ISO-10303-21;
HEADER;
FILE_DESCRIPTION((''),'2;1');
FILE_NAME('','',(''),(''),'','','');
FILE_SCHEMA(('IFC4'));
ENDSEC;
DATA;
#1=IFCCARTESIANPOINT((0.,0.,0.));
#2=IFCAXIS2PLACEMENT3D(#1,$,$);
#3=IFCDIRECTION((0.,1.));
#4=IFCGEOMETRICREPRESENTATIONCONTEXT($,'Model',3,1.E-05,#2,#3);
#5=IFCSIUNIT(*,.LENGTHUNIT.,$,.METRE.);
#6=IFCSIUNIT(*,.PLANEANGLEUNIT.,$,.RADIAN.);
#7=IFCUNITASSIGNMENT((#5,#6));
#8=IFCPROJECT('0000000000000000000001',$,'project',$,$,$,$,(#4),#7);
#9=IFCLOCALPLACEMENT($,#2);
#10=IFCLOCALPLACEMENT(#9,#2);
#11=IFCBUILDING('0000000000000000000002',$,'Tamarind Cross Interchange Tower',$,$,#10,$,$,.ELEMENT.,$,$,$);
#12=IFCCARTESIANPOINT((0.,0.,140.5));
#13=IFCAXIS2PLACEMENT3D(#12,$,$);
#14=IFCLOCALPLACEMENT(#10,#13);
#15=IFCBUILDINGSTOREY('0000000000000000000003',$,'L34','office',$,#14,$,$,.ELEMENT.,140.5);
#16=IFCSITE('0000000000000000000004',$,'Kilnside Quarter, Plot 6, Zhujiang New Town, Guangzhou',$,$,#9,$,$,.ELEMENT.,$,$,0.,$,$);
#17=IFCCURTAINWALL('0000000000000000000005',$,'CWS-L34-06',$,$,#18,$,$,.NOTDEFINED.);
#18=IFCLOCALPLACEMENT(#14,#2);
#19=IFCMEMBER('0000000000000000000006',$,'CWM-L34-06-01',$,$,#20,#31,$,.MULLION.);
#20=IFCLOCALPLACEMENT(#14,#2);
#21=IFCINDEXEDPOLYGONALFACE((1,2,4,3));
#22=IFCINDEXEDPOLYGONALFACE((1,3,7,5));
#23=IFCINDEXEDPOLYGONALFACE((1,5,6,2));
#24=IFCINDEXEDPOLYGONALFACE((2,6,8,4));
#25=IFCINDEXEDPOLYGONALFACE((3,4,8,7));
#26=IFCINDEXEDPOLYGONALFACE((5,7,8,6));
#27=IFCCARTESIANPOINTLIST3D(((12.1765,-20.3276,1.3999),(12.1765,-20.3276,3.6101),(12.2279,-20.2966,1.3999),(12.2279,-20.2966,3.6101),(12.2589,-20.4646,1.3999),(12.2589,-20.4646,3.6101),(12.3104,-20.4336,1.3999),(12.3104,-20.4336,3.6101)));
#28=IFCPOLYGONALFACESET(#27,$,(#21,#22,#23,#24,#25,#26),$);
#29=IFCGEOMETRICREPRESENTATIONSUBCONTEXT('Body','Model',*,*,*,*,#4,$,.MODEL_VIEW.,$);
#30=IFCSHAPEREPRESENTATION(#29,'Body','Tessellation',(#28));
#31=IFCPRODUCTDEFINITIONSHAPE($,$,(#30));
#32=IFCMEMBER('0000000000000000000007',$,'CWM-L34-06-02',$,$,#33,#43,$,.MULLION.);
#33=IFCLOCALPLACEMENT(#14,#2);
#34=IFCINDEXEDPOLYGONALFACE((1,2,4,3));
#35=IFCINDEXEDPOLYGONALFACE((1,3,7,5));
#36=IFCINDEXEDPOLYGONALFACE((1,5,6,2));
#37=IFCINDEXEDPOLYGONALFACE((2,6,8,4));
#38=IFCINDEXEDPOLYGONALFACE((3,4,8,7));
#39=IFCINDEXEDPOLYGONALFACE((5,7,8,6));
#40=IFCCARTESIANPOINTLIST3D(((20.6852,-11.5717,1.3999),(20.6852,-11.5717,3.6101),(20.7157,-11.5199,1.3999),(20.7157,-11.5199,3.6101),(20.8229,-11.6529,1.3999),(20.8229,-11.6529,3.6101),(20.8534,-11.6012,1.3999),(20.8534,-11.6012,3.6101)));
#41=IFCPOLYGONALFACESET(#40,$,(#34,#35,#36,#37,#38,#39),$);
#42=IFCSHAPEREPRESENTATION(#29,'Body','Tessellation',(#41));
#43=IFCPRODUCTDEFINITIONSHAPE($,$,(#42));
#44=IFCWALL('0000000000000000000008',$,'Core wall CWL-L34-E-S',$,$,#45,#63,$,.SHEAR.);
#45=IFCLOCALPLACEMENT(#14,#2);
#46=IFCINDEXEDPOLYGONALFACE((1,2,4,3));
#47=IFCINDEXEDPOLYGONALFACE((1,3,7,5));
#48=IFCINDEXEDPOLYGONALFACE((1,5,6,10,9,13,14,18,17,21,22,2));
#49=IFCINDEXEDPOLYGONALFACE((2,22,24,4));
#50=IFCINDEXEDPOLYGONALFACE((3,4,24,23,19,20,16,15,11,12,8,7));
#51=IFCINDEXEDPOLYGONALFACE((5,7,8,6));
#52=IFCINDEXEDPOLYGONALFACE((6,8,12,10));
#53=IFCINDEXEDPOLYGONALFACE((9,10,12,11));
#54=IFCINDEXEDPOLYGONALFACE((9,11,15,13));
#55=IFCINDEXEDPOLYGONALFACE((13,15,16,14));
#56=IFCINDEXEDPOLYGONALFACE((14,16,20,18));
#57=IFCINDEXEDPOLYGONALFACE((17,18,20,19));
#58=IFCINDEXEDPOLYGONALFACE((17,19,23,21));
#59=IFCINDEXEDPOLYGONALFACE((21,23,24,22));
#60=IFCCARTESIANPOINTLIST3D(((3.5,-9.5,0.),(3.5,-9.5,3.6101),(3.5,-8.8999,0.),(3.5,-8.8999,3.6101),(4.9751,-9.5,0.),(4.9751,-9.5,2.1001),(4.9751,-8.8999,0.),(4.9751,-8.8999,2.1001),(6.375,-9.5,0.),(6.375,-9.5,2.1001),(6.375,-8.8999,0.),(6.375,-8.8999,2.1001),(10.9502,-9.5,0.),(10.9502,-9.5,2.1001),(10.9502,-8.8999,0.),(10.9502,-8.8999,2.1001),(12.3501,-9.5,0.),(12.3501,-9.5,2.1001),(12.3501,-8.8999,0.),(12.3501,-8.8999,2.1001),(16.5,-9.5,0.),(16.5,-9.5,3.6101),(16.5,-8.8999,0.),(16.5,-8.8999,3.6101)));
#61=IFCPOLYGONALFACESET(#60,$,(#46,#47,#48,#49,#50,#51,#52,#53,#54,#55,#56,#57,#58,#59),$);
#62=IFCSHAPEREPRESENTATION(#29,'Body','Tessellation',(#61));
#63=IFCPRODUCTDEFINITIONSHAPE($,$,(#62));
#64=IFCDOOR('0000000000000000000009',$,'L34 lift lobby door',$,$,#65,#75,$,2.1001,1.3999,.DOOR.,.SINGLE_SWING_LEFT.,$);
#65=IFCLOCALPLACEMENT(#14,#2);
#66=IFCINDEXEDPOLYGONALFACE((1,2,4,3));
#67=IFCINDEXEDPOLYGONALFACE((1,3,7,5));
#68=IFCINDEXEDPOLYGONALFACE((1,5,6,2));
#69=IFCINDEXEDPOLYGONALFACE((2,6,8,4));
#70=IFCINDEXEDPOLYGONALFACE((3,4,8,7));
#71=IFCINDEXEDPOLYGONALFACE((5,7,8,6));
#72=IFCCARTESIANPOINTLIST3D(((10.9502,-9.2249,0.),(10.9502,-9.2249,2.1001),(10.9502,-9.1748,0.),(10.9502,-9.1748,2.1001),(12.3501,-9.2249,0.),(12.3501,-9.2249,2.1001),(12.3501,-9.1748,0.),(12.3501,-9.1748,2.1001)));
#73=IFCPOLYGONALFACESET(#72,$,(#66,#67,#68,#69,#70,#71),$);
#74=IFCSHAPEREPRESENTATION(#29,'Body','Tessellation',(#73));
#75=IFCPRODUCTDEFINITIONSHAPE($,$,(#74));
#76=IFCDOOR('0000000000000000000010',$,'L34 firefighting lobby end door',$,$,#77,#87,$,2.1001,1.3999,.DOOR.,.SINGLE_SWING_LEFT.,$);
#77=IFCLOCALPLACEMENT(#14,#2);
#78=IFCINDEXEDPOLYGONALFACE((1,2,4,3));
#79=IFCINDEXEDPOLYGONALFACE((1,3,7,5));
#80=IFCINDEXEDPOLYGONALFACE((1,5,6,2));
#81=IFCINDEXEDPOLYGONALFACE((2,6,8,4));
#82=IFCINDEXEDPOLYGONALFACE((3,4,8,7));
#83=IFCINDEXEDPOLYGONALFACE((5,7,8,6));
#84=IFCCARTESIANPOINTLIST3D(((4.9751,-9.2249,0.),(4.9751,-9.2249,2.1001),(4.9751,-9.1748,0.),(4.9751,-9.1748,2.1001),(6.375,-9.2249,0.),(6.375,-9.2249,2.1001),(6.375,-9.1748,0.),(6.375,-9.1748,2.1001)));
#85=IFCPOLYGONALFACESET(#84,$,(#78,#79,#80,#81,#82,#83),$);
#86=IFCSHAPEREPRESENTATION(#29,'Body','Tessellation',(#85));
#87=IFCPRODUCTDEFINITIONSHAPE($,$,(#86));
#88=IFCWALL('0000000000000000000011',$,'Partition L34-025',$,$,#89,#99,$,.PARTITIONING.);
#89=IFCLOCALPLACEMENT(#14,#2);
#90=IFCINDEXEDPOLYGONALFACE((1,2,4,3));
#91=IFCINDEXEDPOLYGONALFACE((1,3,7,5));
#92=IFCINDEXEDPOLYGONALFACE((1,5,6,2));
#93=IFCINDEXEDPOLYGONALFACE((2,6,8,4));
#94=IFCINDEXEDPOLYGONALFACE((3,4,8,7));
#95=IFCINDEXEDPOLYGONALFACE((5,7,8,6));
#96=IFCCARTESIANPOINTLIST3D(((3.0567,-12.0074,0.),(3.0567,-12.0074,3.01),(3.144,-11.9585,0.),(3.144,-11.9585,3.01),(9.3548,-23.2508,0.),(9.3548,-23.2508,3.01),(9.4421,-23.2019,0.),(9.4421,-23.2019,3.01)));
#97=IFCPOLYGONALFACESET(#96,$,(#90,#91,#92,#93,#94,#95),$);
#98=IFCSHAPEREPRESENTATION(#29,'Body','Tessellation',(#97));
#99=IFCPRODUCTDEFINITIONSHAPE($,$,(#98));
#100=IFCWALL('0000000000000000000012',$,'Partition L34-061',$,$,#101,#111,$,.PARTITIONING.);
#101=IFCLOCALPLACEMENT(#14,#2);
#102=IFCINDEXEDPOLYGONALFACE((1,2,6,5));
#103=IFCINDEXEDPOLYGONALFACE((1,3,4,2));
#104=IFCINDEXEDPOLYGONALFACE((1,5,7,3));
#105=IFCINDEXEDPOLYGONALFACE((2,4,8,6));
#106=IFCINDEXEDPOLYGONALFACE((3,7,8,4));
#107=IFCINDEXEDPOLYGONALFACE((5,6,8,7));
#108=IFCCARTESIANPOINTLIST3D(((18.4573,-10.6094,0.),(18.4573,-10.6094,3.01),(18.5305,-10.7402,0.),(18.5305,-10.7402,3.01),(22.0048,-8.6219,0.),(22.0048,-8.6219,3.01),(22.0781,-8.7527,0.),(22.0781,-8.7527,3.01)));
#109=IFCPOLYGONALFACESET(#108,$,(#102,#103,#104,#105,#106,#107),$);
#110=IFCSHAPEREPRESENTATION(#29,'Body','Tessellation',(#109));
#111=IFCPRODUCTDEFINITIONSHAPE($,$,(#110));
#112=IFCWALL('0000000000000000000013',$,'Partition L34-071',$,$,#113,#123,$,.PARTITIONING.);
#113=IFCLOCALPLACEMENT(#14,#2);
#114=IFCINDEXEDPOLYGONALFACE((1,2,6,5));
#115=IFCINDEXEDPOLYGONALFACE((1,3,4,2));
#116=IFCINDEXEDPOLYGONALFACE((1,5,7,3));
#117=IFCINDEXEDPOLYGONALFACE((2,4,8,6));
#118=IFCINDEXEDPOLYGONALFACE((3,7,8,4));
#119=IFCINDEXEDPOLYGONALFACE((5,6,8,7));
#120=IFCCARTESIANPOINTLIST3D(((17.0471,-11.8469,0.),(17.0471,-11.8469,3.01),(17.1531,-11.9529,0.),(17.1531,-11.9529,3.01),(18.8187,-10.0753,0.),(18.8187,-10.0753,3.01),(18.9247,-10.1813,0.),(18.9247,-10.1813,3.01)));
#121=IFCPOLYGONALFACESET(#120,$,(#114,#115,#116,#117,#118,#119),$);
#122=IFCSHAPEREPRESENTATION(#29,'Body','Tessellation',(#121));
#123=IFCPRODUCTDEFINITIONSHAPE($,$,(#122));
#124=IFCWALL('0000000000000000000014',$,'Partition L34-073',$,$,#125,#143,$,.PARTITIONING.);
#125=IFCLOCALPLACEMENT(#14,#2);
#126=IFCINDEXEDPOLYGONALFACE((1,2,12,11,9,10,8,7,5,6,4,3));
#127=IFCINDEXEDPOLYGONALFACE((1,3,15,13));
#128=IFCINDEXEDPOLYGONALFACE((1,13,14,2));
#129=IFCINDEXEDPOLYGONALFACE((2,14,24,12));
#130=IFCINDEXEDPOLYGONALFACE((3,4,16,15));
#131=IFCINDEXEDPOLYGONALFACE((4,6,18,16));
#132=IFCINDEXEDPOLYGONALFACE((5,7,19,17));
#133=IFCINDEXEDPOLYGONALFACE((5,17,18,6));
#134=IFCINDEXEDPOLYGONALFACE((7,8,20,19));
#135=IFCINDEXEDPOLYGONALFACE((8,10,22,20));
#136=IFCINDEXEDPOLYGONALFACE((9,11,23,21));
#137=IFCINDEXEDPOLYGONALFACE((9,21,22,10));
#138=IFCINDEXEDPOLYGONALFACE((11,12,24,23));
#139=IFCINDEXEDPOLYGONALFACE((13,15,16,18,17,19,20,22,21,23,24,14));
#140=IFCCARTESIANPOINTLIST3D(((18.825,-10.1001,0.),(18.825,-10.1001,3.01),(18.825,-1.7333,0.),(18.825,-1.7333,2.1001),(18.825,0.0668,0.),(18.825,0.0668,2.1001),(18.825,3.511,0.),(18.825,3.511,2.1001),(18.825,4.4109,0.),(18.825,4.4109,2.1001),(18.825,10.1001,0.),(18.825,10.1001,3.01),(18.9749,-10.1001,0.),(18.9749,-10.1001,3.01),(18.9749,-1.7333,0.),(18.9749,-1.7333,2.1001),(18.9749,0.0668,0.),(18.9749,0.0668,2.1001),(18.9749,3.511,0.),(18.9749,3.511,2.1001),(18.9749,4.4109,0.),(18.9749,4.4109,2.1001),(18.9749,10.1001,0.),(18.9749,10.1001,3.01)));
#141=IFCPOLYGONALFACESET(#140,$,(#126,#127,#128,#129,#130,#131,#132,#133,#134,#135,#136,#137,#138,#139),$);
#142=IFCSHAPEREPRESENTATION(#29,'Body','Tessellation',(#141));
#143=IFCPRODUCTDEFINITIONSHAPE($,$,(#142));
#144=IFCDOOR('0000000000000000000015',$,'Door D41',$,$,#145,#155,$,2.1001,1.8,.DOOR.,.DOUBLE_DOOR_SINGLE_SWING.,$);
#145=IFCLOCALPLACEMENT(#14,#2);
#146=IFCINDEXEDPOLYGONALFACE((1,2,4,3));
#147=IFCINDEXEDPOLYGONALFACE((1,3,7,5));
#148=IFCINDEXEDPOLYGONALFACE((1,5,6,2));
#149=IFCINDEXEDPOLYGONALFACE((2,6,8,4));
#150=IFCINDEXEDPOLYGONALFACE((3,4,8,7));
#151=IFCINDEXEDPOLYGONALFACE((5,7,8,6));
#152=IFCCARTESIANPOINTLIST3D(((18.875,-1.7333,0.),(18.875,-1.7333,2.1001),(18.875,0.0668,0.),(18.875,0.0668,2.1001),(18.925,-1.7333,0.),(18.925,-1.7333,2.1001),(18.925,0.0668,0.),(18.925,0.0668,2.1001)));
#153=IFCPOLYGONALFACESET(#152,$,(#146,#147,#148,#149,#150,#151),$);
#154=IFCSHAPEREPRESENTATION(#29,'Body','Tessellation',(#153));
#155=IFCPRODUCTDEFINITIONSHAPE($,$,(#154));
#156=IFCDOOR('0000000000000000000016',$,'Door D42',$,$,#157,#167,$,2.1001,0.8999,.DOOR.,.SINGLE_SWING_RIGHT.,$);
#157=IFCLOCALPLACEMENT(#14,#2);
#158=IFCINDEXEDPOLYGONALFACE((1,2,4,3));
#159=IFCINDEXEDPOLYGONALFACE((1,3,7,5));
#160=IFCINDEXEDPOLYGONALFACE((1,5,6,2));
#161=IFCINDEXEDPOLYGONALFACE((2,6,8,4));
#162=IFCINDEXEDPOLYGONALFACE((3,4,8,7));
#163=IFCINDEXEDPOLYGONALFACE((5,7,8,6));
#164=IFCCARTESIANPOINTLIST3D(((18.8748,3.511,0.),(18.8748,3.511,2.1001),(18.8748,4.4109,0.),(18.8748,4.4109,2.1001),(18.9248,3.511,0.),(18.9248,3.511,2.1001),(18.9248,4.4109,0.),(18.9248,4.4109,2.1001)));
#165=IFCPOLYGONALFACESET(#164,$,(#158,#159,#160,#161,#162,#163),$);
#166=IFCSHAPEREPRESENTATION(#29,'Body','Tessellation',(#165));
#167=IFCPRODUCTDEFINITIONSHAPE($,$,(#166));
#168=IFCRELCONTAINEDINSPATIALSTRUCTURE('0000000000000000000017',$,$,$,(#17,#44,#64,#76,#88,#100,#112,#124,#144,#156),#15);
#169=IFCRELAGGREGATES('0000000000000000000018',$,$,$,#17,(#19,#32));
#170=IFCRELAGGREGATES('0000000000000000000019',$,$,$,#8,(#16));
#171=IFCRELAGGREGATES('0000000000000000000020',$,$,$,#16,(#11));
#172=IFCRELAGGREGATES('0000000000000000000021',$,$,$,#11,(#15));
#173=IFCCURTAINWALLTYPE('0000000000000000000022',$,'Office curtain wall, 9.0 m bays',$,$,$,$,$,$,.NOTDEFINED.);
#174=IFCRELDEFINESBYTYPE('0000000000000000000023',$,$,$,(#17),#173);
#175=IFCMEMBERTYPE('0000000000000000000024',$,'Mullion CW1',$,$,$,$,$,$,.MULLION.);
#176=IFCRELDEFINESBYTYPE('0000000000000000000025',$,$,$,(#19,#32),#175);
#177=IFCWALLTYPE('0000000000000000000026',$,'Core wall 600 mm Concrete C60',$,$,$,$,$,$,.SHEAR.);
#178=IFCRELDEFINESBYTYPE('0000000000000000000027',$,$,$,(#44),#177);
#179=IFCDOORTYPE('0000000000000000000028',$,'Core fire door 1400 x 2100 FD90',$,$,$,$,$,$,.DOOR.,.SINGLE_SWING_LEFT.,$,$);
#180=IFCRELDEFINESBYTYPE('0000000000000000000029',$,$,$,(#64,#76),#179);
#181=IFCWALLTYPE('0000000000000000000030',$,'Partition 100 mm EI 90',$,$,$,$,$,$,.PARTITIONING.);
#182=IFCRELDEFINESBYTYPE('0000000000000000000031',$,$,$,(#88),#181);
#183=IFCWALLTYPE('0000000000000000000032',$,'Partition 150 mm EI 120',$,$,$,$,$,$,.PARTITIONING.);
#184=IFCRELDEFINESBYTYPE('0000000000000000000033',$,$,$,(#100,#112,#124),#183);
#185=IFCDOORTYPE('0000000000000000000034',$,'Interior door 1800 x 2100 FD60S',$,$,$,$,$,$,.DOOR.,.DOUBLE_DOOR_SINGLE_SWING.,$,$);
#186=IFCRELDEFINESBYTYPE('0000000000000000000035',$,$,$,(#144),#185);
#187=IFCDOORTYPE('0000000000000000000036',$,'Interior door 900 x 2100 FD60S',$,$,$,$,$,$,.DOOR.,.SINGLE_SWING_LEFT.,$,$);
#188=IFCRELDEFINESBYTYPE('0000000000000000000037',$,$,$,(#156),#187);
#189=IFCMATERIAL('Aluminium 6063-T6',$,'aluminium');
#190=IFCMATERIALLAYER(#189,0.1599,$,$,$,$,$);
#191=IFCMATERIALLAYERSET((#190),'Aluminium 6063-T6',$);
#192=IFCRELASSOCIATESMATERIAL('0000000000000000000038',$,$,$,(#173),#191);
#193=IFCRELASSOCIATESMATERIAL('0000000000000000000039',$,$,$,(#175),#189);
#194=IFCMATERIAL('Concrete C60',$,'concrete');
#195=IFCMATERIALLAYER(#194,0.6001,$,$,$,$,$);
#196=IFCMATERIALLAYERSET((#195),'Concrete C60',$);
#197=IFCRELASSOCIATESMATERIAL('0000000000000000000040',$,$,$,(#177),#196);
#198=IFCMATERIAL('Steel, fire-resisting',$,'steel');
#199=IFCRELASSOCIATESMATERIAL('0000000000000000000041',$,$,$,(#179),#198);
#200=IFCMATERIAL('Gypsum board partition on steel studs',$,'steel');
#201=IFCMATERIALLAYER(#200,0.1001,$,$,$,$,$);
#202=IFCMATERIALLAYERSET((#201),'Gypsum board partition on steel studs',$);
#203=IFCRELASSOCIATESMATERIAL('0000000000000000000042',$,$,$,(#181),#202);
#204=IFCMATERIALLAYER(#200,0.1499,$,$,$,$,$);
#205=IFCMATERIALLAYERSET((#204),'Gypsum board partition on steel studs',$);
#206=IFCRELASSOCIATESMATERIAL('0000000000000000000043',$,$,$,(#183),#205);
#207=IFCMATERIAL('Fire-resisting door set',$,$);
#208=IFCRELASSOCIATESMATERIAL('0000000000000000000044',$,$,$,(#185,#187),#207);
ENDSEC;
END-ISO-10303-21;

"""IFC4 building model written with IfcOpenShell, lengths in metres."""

from ifc_helpers import new_model, si_unit, direction, frame, frame_2d, origin, origin_2d, place, context, subcontext, project, spatial, rectangle, extrude, material, layer, layer_set, material_profile, profile_set, type_object, element, fill, aggregate, save


model = new_model("IFC4")

# Units and contexts
model_context = context("Model", 3, precision=1e-05, world=origin(), true_north=direction((0.0, 1.0)))
body_context = subcontext(model_context, "Body", "Model", "MODEL_VIEW")
ifc_project = project(units=[si_unit("LENGTHUNIT", "METRE"), si_unit("PLANEANGLEUNIT", "RADIAN")], contexts=[model_context])

# Site, building, storey
site_placement = place(None, origin())
site = spatial("IfcSite", under=ifc_project, at=site_placement, Name="Kilnside Quarter, Plot 6, Zhujiang New Town, Guangzhou", CompositionType="ELEMENT", RefElevation=0.0)
building_placement = place(site_placement, origin())
building = spatial("IfcBuilding", under=site, at=building_placement, Name="Tamarind Cross Interchange Tower", CompositionType="ELEMENT")
storey_placement = place(building_placement, frame((0.0, 0.0, 140.5)))
storey = spatial("IfcBuildingStorey", under=building, at=storey_placement, Name="L34", Description="office", CompositionType="ELEMENT", Elevation=140.5)

# Shared definitions
ifc_material_1 = material(Name="Concrete C60", Category="concrete")

# Curtain wall, members
ifc_material_2 = material(Name="Aluminium 6063-T6", Category="aluminium")
ifc_layer_1 = layer(ifc_material_2, 0.1599)
ifc_layer_set_1 = layer_set([ifc_layer_1], Name="Aluminium 6063-T6")
curtain_wall_type = type_object("IfcCurtainWallType", Name="Office curtain wall, 9.0 m bays", PredefinedType="NOTDEFINED", material=ifc_layer_set_1)
curtain_wall_placement = place(storey_placement, origin())
curtain_wall = element("IfcCurtainWall", 1, at=curtain_wall_placement, inside=storey, type_object=curtain_wall_type, Name="CWS-L34-06", PredefinedType="NOTDEFINED")
ifc_material_profile_1 = material_profile(ifc_material_2, rectangle(XDim=0.0601, YDim=0.1599, at=origin_2d()), Name="Mullion CW1")
ifc_profile_set_1 = profile_set([ifc_material_profile_1], Name="Aluminium 6063-T6")
member_type = type_object("IfcMemberType", Name="Mullion CW1", PredefinedType="MULLION", material=ifc_profile_set_1)
member_1_placement = place(storey_placement, frame((12.2434, -20.3806, 1.3999), z_axis=(0.0, 0.0, 1.0), x_axis=(0.856843, 0.515577, 0.0)))
member_1 = element("IfcMember", 2, at=member_1_placement, type_object=member_type, Name="CWM-L34-06-01", PredefinedType="MULLION", context=body_context, shape_type="SweptSolid", body=[
    extrude(rectangle(XDim=0.0601, YDim=0.1599, at=origin_2d()), origin(), (0.0, 0.0, 1.0), 2.2102),
])
member_2_placement = place(storey_placement, frame((20.7693, -11.5864, 1.3999), z_axis=(0.0, 0.0, 1.0), x_axis=(0.508183, 0.861249, 0.0)))
member_2 = element("IfcMember", 3, at=member_2_placement, type_object=member_type, Name="CWM-L34-06-02", PredefinedType="MULLION", context=body_context, shape_type="SweptSolid", body=[
    extrude(rectangle(XDim=0.0601, YDim=0.1599, at=origin_2d()), origin(), (0.0, 0.0, 1.0), 2.2102),
])
aggregate(curtain_wall, [member_1, member_2])

# Wall, openings, doors
ifc_layer_2 = layer(ifc_material_1, 0.6001)
ifc_layer_set_2 = layer_set([ifc_layer_2], Name="Concrete C60")
wall_type_1 = type_object("IfcWallType", Name="Core wall 600 mm Concrete C60", PredefinedType="SHEAR", material=ifc_layer_set_2)
wall_1_placement = place(storey_placement, frame((16.5, -9.2, 0.0), z_axis=(0.0, 0.0, 1.0), x_axis=(-1.0, 0.0, 0.0)))
wall_1 = element("IfcWall", 4, at=wall_1_placement, inside=storey, type_object=wall_type_1, Name="Core wall CWL-L34-E-S", PredefinedType="SHEAR", context=body_context, shape_type="SweptSolid", body=[
    extrude(rectangle(XDim=13.0, YDim=0.6001, at=frame_2d((6.5, 0.0))), origin(), (0.0, 0.0, 1.0), 3.6101),
])
opening_1_placement = place(wall_1_placement, frame((4.1499, 0.0, 0.0)))
opening_1 = element("IfcOpeningElement", 5, at=opening_1_placement, cuts=wall_1, PredefinedType="OPENING", context=body_context, shape_type="SweptSolid", body=[
    extrude(rectangle(XDim=1.3999, YDim=2.1001, at=frame_2d((0.7, 1.05))), frame((0.0, 0.3101, 0.0), z_axis=(0.0, -1.0, 0.0), x_axis=(1.0, 0.0, 0.0)), (0.0, 0.0, 1.0), 0.6201),
])
opening_2_placement = place(wall_1_placement, frame((10.125, 0.0, 0.0)))
opening_2 = element("IfcOpeningElement", 6, at=opening_2_placement, cuts=wall_1, PredefinedType="OPENING", context=body_context, shape_type="SweptSolid", body=[
    extrude(rectangle(XDim=1.3999, YDim=2.1001, at=frame_2d((0.7, 1.05))), frame((0.0, 0.3101, 0.0), z_axis=(0.0, -1.0, 0.0), x_axis=(1.0, 0.0, 0.0)), (0.0, 0.0, 1.0), 0.6201),
])
ifc_material_3 = material(Name="Steel, fire-resisting", Category="steel")
door_type_1 = type_object("IfcDoorType", Name="Core fire door 1400 x 2100 FD90", OperationType="SINGLE_SWING_LEFT", PredefinedType="DOOR", material=ifc_material_3)
door_1_placement = place(opening_1_placement, origin())
door_1 = element("IfcDoor", 7, at=door_1_placement, inside=storey, type_object=door_type_1, Name="L34 lift lobby door", OperationType="SINGLE_SWING_LEFT", OverallHeight=2.1001, OverallWidth=1.3999, PredefinedType="DOOR", context=body_context, shape_type="SweptSolid", body=[
    extrude(rectangle(XDim=1.3999, YDim=2.1001, at=frame_2d((0.7, 1.05))), frame((0.0, 0.0249, 0.0), z_axis=(0.0, -1.0, 0.0), x_axis=(1.0, 0.0, 0.0)), (0.0, 0.0, 1.0), 0.05),
])
fill(opening_1, door_1)
door_2_placement = place(opening_2_placement, origin())
door_2 = element("IfcDoor", 8, at=door_2_placement, inside=storey, type_object=door_type_1, Name="L34 firefighting lobby end door", OperationType="SINGLE_SWING_LEFT", OverallHeight=2.1001, OverallWidth=1.3999, PredefinedType="DOOR", context=body_context, shape_type="SweptSolid", body=[
    extrude(rectangle(XDim=1.3999, YDim=2.1001, at=frame_2d((0.7, 1.05))), frame((0.0, 0.0249, 0.0), z_axis=(0.0, -1.0, 0.0), x_axis=(1.0, 0.0, 0.0)), (0.0, 0.0, 1.0), 0.05),
])
fill(opening_2, door_2)

# Walls
ifc_material_4 = material(Name="Gypsum board partition on steel studs", Category="steel")
ifc_layer_3 = layer(ifc_material_4, 0.1001)
ifc_layer_set_3 = layer_set([ifc_layer_3], Name="Gypsum board partition on steel studs")
wall_type_2 = type_object("IfcWallType", Name="Partition 100 mm EI 90", PredefinedType="PARTITIONING", material=ifc_layer_set_3)
wall_2_placement = place(storey_placement, frame((3.1003, -11.9829, 0.0), z_axis=(0.0, 0.0, 1.0), x_axis=(0.488709, -0.872447, 0.0)))
element("IfcWall", 9, at=wall_2_placement, inside=storey, type_object=wall_type_2, Name="Partition L34-025", PredefinedType="PARTITIONING", context=body_context, shape_type="SweptSolid", body=[
    extrude(rectangle(XDim=12.8872, YDim=0.1001, at=frame_2d((6.4436, 0.0))), origin(), (0.0, 0.0, 1.0), 3.01),
])
ifc_layer_4 = layer(ifc_material_4, 0.1499)
ifc_layer_set_4 = layer_set([ifc_layer_4], Name="Gypsum board partition on steel studs")
wall_type_3 = type_object("IfcWallType", Name="Partition 150 mm EI 120", PredefinedType="PARTITIONING", material=ifc_layer_set_4)
wall_3_placement = place(storey_placement, frame((18.4939, -10.6748, 0.0), z_axis=(0.0, 0.0, 1.0), x_axis=(0.872413, 0.48877, 0.0)))
element("IfcWall", 10, at=wall_3_placement, inside=storey, type_object=wall_type_3, Name="Partition L34-061", PredefinedType="PARTITIONING", context=body_context, shape_type="SweptSolid", body=[
    extrude(rectangle(XDim=4.0664, YDim=0.1499, at=frame_2d((2.0332, 0.0))), origin(), (0.0, 0.0, 1.0), 3.01),
])
wall_4_placement = place(storey_placement, frame((17.1001, -11.8999, 0.0), z_axis=(0.0, 0.0, 1.0), x_axis=(0.707107, 0.707107, 0.0)))
element("IfcWall", 11, at=wall_4_placement, inside=storey, type_object=wall_type_3, Name="Partition L34-071", PredefinedType="PARTITIONING", context=body_context, shape_type="SweptSolid", body=[
    extrude(rectangle(XDim=2.5054, YDim=0.1499, at=frame_2d((1.2527, 0.0))), origin(), (0.0, 0.0, 1.0), 3.01),
])

# Wall, openings, doors
wall_5_placement = place(storey_placement, frame((18.8999, -10.1001, 0.0), z_axis=(0.0, 0.0, 1.0), x_axis=(0.0, 1.0, 0.0)))
wall_5 = element("IfcWall", 12, at=wall_5_placement, inside=storey, type_object=wall_type_3, Name="Partition L34-073", PredefinedType="PARTITIONING", context=body_context, shape_type="SweptSolid", body=[
    extrude(rectangle(XDim=20.2002, YDim=0.1499, at=frame_2d((10.1001, 0.0))), origin(), (0.0, 0.0, 1.0), 3.01),
])
opening_3_placement = place(wall_5_placement, frame((8.3669, 0.0, 0.0)))
opening_3 = element("IfcOpeningElement", 13, at=opening_3_placement, cuts=wall_5, PredefinedType="OPENING", context=body_context, shape_type="SweptSolid", body=[
    extrude(rectangle(XDim=1.8, YDim=2.1001, at=frame_2d((0.8999, 1.05))), frame((0.0, 0.085, 0.0), z_axis=(0.0, -1.0, 0.0), x_axis=(1.0, 0.0, 0.0)), (0.0, 0.0, 1.0), 0.1699),
])
opening_4_placement = place(wall_5_placement, frame((13.6111, 0.0, 0.0)))
opening_4 = element("IfcOpeningElement", 14, at=opening_4_placement, cuts=wall_5, PredefinedType="OPENING", context=body_context, shape_type="SweptSolid", body=[
    extrude(rectangle(XDim=0.8999, YDim=2.1001, at=frame_2d((0.45, 1.05))), frame((0.0, 0.085, 0.0), z_axis=(0.0, -1.0, 0.0), x_axis=(1.0, 0.0, 0.0)), (0.0, 0.0, 1.0), 0.1699),
])
ifc_material_5 = material(Name="Fire-resisting door set")
door_type_2 = type_object("IfcDoorType", Name="Interior door 1800 x 2100 FD60S", OperationType="DOUBLE_DOOR_SINGLE_SWING", PredefinedType="DOOR", material=ifc_material_5)
door_3_placement = place(opening_3_placement, origin())
door_3 = element("IfcDoor", 15, at=door_3_placement, inside=storey, type_object=door_type_2, Name="Door D41", OperationType="DOUBLE_DOOR_SINGLE_SWING", OverallHeight=2.1001, OverallWidth=1.8, PredefinedType="DOOR", context=body_context, shape_type="SweptSolid", body=[
    extrude(rectangle(XDim=1.8, YDim=2.1001, at=frame_2d((0.8999, 1.05))), frame((0.0, 0.0249, 0.0), z_axis=(0.0, -1.0, 0.0), x_axis=(1.0, 0.0, 0.0)), (0.0, 0.0, 1.0), 0.05),
])
fill(opening_3, door_3)
door_type_3 = type_object("IfcDoorType", Name="Interior door 900 x 2100 FD60S", OperationType="SINGLE_SWING_LEFT", PredefinedType="DOOR", material=ifc_material_5)
door_4_placement = place(opening_4_placement, frame((0.8999, 0.0, 0.0), z_axis=(0.0, 0.0, 1.0), x_axis=(-1.0, 0.0, 0.0)))
door_4 = element("IfcDoor", 16, at=door_4_placement, inside=storey, type_object=door_type_3, Name="Door D42", OperationType="SINGLE_SWING_RIGHT", OverallHeight=2.1001, OverallWidth=0.8999, PredefinedType="DOOR", context=body_context, shape_type="SweptSolid", body=[
    extrude(rectangle(XDim=0.8999, YDim=2.1001, at=frame_2d((0.45, 1.05))), frame((0.0, 0.0249, 0.0), z_axis=(0.0, -1.0, 0.0), x_axis=(1.0, 0.0, 0.0)), (0.0, 0.0, 1.0), 0.05),
])
fill(opening_4, door_4)

save(model, "model.ifc")
